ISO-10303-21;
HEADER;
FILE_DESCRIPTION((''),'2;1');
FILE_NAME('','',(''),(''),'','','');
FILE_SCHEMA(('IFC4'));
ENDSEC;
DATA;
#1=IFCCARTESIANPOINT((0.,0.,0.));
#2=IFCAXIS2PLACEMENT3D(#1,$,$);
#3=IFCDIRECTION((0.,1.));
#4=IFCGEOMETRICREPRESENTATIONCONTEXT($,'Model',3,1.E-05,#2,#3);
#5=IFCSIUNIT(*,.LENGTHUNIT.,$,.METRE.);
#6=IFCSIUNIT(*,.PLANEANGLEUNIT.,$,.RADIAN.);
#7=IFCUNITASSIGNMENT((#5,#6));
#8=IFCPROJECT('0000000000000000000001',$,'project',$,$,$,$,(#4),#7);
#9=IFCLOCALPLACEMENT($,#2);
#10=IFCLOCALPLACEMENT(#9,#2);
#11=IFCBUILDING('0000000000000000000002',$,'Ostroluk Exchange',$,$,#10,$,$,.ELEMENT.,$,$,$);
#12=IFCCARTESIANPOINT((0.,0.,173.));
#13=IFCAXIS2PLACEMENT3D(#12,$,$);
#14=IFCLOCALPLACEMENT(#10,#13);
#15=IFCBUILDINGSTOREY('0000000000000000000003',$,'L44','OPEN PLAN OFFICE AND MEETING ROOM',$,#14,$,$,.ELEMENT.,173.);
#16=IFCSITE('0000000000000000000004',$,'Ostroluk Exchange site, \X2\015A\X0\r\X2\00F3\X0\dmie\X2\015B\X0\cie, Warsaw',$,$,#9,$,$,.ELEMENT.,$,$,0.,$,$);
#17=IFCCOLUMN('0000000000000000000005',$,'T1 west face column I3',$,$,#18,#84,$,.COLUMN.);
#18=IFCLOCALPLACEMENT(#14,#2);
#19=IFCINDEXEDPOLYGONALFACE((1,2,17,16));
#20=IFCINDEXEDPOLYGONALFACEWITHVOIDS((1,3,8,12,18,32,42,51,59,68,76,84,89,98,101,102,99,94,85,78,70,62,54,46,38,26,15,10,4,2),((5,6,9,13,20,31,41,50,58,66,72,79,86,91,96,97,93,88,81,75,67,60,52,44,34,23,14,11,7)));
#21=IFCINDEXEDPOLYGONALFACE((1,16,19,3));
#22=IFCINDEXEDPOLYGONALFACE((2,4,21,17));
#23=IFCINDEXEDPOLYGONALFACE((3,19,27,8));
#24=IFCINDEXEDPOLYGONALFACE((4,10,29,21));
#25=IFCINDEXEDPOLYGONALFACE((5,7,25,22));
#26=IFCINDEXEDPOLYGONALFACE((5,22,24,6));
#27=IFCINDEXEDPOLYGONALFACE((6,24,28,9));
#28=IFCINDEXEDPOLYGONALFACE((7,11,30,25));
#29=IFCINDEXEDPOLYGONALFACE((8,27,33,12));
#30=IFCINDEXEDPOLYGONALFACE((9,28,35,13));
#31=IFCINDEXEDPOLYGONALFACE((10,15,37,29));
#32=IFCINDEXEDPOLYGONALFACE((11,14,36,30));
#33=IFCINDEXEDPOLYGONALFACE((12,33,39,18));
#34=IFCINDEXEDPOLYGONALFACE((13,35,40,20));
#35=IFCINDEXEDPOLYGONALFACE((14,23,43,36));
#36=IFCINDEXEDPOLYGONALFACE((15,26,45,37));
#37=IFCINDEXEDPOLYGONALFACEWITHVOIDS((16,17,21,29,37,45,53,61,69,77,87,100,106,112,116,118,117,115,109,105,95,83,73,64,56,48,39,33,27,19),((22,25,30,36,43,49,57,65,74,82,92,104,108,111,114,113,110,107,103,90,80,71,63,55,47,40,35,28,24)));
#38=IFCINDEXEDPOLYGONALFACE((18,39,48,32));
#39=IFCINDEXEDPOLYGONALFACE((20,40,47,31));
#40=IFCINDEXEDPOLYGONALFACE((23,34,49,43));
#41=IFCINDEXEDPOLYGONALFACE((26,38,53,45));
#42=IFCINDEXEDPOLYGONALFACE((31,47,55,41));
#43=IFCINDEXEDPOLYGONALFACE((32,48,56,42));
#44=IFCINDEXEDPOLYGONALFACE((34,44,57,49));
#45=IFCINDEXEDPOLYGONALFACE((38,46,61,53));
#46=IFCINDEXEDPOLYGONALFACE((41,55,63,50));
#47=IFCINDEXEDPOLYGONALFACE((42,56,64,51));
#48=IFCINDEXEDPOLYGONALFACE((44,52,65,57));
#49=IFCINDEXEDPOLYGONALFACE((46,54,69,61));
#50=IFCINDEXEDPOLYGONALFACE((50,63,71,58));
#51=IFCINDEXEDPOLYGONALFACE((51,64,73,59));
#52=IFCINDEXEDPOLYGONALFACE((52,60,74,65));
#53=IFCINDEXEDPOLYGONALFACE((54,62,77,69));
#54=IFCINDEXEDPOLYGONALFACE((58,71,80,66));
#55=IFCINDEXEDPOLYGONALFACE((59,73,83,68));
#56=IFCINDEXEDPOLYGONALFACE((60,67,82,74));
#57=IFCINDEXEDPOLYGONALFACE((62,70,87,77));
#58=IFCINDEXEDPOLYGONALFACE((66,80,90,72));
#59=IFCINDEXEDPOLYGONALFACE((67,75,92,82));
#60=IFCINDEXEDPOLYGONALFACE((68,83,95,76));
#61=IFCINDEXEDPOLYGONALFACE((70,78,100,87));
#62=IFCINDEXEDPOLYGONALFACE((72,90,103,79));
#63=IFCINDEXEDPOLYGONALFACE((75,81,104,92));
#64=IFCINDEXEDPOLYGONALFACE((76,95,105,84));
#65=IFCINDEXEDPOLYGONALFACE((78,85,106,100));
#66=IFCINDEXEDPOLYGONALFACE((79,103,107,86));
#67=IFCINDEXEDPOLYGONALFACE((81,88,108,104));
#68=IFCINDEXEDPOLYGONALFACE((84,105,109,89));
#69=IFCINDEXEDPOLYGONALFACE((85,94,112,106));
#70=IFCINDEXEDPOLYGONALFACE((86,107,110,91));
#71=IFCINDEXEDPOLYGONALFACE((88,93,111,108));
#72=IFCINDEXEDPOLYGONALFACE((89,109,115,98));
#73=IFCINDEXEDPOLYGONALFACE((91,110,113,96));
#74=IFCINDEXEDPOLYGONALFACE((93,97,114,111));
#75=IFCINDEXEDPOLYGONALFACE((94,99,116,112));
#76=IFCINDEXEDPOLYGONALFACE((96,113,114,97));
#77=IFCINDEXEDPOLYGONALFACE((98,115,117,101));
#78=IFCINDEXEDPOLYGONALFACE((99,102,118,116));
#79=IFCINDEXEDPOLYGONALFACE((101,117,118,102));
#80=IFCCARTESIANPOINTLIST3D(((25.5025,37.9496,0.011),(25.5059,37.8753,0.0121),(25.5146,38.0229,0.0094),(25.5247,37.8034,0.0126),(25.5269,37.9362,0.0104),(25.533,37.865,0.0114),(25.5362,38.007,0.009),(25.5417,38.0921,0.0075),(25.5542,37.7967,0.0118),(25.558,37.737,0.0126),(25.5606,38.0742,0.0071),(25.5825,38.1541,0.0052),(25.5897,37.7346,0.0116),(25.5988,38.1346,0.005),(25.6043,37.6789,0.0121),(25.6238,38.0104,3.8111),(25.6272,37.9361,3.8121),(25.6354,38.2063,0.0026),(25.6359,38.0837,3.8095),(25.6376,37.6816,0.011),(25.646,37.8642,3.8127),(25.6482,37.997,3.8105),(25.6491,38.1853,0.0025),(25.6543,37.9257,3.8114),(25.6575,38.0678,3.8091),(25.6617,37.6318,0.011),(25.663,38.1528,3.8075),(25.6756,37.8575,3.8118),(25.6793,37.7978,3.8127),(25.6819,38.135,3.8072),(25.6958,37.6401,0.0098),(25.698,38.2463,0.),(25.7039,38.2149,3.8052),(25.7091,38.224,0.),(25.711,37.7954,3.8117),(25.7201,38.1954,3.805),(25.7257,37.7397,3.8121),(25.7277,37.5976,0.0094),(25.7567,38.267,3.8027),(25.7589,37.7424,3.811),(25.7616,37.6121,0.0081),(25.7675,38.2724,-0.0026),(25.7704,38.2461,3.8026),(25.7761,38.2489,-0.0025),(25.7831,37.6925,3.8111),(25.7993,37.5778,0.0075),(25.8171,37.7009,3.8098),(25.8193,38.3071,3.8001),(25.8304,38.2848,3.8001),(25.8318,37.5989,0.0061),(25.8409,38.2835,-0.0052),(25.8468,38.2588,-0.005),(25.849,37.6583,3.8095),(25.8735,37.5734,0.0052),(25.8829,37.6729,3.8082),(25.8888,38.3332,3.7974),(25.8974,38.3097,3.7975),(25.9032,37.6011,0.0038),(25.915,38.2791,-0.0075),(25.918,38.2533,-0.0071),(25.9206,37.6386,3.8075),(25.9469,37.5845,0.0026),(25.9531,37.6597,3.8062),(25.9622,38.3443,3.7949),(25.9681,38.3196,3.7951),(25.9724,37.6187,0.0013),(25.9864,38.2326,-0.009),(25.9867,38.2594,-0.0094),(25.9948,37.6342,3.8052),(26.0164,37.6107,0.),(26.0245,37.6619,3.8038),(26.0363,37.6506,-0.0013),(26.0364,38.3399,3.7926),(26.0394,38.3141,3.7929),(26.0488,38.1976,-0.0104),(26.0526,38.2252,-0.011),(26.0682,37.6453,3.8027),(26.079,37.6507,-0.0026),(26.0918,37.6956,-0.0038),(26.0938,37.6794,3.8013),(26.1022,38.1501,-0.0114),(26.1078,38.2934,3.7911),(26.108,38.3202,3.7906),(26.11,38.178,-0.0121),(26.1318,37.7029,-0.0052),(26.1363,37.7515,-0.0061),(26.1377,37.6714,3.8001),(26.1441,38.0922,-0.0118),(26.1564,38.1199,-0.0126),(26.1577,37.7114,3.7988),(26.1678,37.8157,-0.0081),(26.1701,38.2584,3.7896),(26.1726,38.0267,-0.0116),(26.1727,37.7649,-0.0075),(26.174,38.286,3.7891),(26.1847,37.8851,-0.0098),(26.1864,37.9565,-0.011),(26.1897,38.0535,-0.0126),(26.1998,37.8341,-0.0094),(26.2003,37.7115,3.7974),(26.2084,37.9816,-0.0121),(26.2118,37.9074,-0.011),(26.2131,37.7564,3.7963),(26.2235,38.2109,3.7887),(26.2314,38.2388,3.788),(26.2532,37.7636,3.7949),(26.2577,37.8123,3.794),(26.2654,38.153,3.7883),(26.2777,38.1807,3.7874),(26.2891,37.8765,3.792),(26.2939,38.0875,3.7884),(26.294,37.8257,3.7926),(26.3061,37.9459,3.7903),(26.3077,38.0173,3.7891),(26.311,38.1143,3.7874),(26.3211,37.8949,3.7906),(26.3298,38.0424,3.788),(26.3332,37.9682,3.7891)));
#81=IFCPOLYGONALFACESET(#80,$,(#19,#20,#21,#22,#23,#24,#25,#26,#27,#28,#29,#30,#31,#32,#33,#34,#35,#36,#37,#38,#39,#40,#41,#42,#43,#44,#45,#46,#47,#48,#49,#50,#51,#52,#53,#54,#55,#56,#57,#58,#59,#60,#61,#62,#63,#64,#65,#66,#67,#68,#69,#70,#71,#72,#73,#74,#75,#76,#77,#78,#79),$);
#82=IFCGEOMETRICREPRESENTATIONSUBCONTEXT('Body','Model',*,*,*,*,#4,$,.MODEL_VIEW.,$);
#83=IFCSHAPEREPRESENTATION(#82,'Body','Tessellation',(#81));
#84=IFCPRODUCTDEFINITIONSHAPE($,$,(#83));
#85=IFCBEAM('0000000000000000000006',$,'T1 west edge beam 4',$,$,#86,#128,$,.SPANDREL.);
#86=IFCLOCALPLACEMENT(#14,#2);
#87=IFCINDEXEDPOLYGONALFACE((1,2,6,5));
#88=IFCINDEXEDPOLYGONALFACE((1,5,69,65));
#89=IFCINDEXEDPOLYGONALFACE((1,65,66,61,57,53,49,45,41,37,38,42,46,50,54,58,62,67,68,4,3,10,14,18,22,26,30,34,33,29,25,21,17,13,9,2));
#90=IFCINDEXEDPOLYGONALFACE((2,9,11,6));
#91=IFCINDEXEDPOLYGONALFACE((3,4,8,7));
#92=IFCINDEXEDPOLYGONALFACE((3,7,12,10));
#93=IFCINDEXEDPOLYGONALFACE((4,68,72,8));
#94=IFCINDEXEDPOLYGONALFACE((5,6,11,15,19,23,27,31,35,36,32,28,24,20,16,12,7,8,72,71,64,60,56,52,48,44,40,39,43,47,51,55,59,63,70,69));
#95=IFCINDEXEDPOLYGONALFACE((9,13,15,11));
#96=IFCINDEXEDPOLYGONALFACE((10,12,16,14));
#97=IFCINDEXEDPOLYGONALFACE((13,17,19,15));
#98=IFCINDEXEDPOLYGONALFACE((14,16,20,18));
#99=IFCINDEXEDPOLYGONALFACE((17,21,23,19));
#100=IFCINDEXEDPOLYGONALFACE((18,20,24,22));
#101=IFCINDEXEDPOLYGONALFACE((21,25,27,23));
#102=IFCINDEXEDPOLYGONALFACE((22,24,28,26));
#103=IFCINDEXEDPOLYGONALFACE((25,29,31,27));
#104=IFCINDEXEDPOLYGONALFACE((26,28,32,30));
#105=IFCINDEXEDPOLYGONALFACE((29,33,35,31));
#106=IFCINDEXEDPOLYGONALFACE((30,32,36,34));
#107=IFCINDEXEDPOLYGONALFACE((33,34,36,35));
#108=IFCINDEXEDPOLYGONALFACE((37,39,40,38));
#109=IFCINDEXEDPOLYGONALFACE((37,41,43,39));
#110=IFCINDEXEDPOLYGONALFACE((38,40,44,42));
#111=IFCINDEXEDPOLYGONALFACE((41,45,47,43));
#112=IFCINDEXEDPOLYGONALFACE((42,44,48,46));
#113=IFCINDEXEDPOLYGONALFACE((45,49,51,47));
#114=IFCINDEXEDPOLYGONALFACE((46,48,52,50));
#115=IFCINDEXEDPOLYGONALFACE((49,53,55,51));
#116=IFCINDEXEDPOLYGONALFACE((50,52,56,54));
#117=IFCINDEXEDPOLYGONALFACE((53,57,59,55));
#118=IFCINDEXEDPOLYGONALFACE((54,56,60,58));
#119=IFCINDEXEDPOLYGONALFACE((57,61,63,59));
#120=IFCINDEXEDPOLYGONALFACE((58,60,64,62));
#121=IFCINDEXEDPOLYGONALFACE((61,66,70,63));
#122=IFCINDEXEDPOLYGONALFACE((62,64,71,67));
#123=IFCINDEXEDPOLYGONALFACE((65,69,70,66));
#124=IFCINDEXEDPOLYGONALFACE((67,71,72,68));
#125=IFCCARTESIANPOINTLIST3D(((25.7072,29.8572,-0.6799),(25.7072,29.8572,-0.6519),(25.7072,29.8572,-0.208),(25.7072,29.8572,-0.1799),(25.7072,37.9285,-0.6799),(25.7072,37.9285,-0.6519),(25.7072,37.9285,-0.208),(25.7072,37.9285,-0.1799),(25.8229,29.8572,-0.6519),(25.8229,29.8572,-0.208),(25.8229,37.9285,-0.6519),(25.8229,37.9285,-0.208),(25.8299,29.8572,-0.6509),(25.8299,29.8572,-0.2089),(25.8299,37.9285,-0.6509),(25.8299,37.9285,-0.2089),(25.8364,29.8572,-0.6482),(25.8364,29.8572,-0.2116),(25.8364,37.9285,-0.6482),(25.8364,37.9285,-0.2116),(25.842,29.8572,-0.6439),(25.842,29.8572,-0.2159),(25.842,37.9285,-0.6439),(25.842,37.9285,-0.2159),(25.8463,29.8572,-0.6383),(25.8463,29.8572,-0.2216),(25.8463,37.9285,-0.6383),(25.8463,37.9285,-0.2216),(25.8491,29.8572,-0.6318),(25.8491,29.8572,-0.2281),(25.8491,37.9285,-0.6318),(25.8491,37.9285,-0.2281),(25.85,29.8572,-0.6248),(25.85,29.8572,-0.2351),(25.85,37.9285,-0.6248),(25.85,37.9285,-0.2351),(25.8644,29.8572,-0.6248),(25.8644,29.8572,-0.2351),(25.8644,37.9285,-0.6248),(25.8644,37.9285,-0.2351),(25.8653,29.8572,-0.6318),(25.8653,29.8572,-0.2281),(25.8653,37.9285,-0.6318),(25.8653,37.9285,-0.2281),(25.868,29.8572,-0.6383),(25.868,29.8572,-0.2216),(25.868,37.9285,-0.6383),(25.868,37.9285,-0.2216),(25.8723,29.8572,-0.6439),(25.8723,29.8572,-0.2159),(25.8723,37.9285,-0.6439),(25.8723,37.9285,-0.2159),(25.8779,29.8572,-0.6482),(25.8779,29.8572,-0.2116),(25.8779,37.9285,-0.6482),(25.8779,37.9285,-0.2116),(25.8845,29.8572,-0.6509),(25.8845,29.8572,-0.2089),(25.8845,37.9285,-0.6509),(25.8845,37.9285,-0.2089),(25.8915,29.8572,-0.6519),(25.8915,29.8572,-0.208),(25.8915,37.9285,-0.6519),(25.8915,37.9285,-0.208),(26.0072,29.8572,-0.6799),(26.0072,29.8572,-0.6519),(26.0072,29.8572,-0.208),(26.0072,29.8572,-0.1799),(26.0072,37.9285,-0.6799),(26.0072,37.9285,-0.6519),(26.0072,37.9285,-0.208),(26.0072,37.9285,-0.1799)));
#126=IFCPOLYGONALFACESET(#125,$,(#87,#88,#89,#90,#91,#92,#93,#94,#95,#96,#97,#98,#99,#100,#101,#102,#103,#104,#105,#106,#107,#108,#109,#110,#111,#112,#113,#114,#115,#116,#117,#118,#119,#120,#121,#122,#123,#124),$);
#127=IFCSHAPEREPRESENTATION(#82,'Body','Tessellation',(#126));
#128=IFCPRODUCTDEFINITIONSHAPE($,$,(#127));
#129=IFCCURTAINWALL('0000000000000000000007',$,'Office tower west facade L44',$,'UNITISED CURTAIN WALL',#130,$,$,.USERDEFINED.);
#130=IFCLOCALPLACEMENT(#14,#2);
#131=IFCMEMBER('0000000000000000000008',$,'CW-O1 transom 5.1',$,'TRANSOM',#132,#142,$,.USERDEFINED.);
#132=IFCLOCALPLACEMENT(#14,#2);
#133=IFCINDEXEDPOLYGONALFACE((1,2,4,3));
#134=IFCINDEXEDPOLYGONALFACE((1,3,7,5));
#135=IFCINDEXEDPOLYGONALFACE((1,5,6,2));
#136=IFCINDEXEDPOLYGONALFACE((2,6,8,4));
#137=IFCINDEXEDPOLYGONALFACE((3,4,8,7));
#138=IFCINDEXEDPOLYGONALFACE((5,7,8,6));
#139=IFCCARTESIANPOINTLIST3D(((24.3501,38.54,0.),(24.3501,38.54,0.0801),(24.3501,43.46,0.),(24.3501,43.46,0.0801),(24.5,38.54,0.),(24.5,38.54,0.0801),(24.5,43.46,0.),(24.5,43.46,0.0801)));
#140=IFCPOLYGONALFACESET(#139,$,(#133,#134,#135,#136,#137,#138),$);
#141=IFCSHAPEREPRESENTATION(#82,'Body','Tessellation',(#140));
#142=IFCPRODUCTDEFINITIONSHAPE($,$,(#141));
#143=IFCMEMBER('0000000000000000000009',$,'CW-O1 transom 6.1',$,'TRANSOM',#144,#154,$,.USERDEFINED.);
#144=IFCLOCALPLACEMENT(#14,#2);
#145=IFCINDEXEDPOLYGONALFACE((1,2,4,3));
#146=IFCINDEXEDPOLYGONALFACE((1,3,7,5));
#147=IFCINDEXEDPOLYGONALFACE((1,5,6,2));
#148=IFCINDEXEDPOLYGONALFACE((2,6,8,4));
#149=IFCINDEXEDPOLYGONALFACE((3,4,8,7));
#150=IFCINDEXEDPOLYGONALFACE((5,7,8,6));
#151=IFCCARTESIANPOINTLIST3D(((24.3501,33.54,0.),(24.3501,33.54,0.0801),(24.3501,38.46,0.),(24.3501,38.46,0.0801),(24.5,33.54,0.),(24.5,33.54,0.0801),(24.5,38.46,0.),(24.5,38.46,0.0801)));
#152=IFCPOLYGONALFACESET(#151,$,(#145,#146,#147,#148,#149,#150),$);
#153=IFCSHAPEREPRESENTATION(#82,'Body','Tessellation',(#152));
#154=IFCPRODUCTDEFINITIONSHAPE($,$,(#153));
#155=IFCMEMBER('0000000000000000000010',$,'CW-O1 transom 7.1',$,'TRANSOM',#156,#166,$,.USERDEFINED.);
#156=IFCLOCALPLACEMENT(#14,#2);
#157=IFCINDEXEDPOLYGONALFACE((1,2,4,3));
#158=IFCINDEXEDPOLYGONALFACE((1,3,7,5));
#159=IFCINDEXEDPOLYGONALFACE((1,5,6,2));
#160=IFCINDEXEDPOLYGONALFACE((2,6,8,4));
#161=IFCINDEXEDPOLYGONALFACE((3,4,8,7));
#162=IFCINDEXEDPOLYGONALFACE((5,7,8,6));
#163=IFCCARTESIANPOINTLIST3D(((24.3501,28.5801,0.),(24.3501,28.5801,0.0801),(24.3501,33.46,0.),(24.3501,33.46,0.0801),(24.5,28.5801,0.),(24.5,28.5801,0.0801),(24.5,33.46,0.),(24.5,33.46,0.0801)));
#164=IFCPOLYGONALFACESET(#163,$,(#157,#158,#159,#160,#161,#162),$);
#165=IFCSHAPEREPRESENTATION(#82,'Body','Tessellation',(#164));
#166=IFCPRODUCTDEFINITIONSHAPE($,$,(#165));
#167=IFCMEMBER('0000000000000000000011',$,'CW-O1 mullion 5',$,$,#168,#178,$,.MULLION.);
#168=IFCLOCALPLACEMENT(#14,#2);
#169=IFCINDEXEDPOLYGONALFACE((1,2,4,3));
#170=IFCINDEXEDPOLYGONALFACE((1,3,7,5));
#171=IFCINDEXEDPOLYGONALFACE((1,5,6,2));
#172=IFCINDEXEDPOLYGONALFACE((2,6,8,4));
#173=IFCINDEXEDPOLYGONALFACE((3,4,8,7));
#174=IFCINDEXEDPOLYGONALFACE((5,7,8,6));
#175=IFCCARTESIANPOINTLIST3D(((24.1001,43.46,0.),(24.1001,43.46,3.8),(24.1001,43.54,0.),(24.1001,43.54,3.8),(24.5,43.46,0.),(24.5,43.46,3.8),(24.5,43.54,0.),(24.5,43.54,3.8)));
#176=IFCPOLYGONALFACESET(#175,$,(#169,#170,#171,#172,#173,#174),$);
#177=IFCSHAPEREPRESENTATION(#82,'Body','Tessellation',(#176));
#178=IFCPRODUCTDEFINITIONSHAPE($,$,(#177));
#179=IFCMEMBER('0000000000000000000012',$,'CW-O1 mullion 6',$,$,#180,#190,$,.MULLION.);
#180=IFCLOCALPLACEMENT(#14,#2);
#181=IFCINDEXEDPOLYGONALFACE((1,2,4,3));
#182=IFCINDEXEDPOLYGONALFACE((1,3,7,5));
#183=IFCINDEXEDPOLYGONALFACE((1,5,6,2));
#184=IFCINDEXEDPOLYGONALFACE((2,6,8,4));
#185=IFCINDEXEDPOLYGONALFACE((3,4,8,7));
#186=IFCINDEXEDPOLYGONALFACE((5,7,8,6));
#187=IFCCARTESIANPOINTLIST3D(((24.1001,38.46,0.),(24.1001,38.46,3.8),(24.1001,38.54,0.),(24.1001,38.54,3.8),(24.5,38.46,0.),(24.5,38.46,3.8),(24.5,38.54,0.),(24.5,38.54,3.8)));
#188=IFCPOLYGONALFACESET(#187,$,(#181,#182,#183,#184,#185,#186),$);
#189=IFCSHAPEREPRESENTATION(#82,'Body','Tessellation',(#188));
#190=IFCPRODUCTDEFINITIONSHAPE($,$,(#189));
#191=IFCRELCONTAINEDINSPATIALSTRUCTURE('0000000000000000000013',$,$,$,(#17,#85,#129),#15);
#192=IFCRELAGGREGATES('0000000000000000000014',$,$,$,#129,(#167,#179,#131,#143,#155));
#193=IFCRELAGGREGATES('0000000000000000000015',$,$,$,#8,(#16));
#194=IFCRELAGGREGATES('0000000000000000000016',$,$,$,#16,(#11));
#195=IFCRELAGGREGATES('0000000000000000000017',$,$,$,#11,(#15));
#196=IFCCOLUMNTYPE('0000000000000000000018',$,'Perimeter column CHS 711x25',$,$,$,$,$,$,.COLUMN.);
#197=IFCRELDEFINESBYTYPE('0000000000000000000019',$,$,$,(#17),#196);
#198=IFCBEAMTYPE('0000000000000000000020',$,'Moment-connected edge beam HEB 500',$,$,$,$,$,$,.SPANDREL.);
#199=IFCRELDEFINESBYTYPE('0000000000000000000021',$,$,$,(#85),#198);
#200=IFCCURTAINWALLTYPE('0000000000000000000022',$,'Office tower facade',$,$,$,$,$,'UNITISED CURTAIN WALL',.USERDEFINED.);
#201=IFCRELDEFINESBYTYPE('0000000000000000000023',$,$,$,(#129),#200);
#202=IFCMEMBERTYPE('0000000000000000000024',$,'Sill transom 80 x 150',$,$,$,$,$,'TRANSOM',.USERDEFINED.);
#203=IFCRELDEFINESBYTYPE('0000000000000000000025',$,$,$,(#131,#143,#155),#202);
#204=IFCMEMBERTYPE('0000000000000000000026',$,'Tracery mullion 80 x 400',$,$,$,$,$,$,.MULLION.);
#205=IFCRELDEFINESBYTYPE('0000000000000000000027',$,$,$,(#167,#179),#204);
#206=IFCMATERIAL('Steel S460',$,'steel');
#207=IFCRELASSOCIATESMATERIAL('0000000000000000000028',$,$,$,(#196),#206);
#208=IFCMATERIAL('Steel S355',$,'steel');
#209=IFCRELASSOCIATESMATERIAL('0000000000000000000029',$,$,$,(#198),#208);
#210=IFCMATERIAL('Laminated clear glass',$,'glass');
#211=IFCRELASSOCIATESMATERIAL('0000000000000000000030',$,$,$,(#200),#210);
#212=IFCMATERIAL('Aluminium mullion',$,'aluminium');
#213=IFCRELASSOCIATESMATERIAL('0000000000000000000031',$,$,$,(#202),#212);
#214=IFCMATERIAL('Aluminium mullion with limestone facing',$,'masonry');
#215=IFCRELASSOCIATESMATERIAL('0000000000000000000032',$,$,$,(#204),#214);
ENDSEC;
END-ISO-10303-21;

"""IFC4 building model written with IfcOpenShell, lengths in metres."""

from ifc_helpers import new_model, si_unit, direction, frame, origin, origin_2d, place, context, subcontext, project, spatial, rectangle, hollow_circle, i_section, extrude, material, material_profile, profile_set, type_object, element, aggregate, save


model = new_model("IFC4")

# Units and contexts
model_context = context("Model", 3, precision=1e-05, world=origin(), true_north=direction((0.0, 1.0)))
body_context = subcontext(model_context, "Body", "Model", "MODEL_VIEW")
ifc_project = project(units=[si_unit("LENGTHUNIT", "METRE"), si_unit("PLANEANGLEUNIT", "RADIAN")], contexts=[model_context])

# Site, building, storey
site_placement = place(None, origin())
site = spatial("IfcSite", under=ifc_project, at=site_placement, Name="Ostroluk Exchange site, Śródmieście, Warsaw", CompositionType="ELEMENT", RefElevation=0.0)
building_placement = place(site_placement, origin())
building = spatial("IfcBuilding", under=site, at=building_placement, Name="Ostroluk Exchange", CompositionType="ELEMENT")
storey_placement = place(building_placement, frame((0.0, 0.0, 173.0)))
storey = spatial("IfcBuildingStorey", under=building, at=storey_placement, Name="L44", Description="OPEN PLAN OFFICE AND MEETING ROOM", CompositionType="ELEMENT", Elevation=173.0)

# Column
ifc_material_1 = material(Name="Steel S460", Category="steel")
ifc_material_profile_1 = material_profile(ifc_material_1, hollow_circle(Radius=0.3555, WallThickness=0.0249, at=origin_2d()), Name="CHS 711x25")
ifc_profile_set_1 = profile_set([ifc_material_profile_1], Name="Steel S460")
column_type = type_object("IfcColumnType", Name="Perimeter column CHS 711x25", PredefinedType="COLUMN", material=ifc_profile_set_1)
column_placement = place(storey_placement, frame((25.8572, 37.9285, 0.0), z_axis=(0.03191, 0.015987, 0.999363), x_axis=(-0.447933, 0.894067, 0.0)))
element("IfcColumn", 1, at=column_placement, inside=storey, type_object=column_type, Name="T1 west face column I3", PredefinedType="COLUMN", context=body_context, shape_type="SweptSolid", body=[
    extrude(hollow_circle(Radius=0.3555, WallThickness=0.0249, at=origin_2d()), origin(), (0.0, 0.0, 1.0), 3.8025),
])

# Beam
ifc_material_2 = material(Name="Steel S355", Category="steel")
ifc_material_profile_2 = material_profile(ifc_material_2, i_section(OverallWidth=0.3, OverallDepth=0.5, WebThickness=0.0144, FlangeThickness=0.0281, FilletRadius=0.0271, at=origin_2d()), Name="HEB 500")
ifc_profile_set_2 = profile_set([ifc_material_profile_2], Name="Steel S355")
beam_type = type_object("IfcBeamType", Name="Moment-connected edge beam HEB 500", PredefinedType="SPANDREL", material=ifc_profile_set_2)
beam_placement = place(storey_placement, frame((25.8572, 37.9285, -0.4299), z_axis=(0.0, -1.0, 0.0), x_axis=(1.0, 0.0, 0.0)))
element("IfcBeam", 2, at=beam_placement, inside=storey, type_object=beam_type, Name="T1 west edge beam 4", PredefinedType="SPANDREL", context=body_context, shape_type="SweptSolid", body=[
    extrude(i_section(OverallWidth=0.3, OverallDepth=0.5, WebThickness=0.0144, FlangeThickness=0.0281, FilletRadius=0.0271, at=origin_2d()), origin(), (0.0, 0.0, 1.0), 8.0713),
])

# Curtain wall, members
ifc_material_3 = material(Name="Laminated clear glass", Category="glass")
curtain_wall_type = type_object("IfcCurtainWallType", Name="Office tower facade", ElementType="UNITISED CURTAIN WALL", PredefinedType="USERDEFINED", material=ifc_material_3)
curtain_wall_placement = place(storey_placement, origin())
curtain_wall = element("IfcCurtainWall", 3, at=curtain_wall_placement, inside=storey, type_object=curtain_wall_type, Name="Office tower west facade L44", ObjectType="UNITISED CURTAIN WALL", PredefinedType="USERDEFINED")
ifc_material_4 = material(Name="Aluminium mullion", Category="aluminium")
ifc_material_profile_3 = material_profile(ifc_material_4, rectangle(XDim=0.1499, YDim=0.0801, at=origin_2d()), Name="Sill transom 80 x 150")
ifc_profile_set_3 = profile_set([ifc_material_profile_3], Name="Aluminium mullion")
member_type_1 = type_object("IfcMemberType", Name="Sill transom 80 x 150", ElementType="TRANSOM", PredefinedType="USERDEFINED", material=ifc_profile_set_3)
member_1_placement = place(storey_placement, frame((24.425, 43.46, 0.04), z_axis=(0.0, -1.0, 0.0), x_axis=(1.0, 0.0, 0.0)))
member_1 = element("IfcMember", 4, at=member_1_placement, type_object=member_type_1, Name="CW-O1 transom 5.1", ObjectType="TRANSOM", PredefinedType="USERDEFINED", context=body_context, shape_type="SweptSolid", body=[
    extrude(rectangle(XDim=0.1499, YDim=0.0801, at=origin_2d()), origin(), (0.0, 0.0, 1.0), 4.9199),
])
member_2_placement = place(storey_placement, frame((24.425, 38.46, 0.04), z_axis=(0.0, -1.0, 0.0), x_axis=(1.0, 0.0, 0.0)))
member_2 = element("IfcMember", 5, at=member_2_placement, type_object=member_type_1, Name="CW-O1 transom 6.1", ObjectType="TRANSOM", PredefinedType="USERDEFINED", context=body_context, shape_type="SweptSolid", body=[
    extrude(rectangle(XDim=0.1499, YDim=0.0801, at=origin_2d()), origin(), (0.0, 0.0, 1.0), 4.9199),
])
member_3_placement = place(storey_placement, frame((24.425, 33.46, 0.04), z_axis=(0.0, -1.0, 0.0), x_axis=(1.0, 0.0, 0.0)))
member_3 = element("IfcMember", 6, at=member_3_placement, type_object=member_type_1, Name="CW-O1 transom 7.1", ObjectType="TRANSOM", PredefinedType="USERDEFINED", context=body_context, shape_type="SweptSolid", body=[
    extrude(rectangle(XDim=0.1499, YDim=0.0801, at=origin_2d()), origin(), (0.0, 0.0, 1.0), 4.8799),
])
ifc_material_5 = material(Name="Aluminium mullion with limestone facing", Category="masonry")
ifc_material_profile_4 = material_profile(ifc_material_5, rectangle(XDim=0.3999, YDim=0.0801, at=origin_2d()), Name="Tracery mullion 80 x 400")
ifc_profile_set_4 = profile_set([ifc_material_profile_4], Name="Aluminium mullion with limestone facing")
member_type_2 = type_object("IfcMemberType", Name="Tracery mullion 80 x 400", PredefinedType="MULLION", material=ifc_profile_set_4)
member_4_placement = place(storey_placement, frame((24.3, 43.5, 0.0), z_axis=(0.0, 0.0, 1.0), x_axis=(1.0, 0.0, 0.0)))
member_4 = element("IfcMember", 7, at=member_4_placement, type_object=member_type_2, Name="CW-O1 mullion 5", PredefinedType="MULLION", context=body_context, shape_type="SweptSolid", body=[
    extrude(rectangle(XDim=0.3999, YDim=0.0801, at=origin_2d()), origin(), (0.0, 0.0, 1.0), 3.8),
])
member_5_placement = place(storey_placement, frame((24.3, 38.5, 0.0), z_axis=(0.0, 0.0, 1.0), x_axis=(1.0, 0.0, 0.0)))
member_5 = element("IfcMember", 8, at=member_5_placement, type_object=member_type_2, Name="CW-O1 mullion 6", PredefinedType="MULLION", context=body_context, shape_type="SweptSolid", body=[
    extrude(rectangle(XDim=0.3999, YDim=0.0801, at=origin_2d()), origin(), (0.0, 0.0, 1.0), 3.8),
])
aggregate(curtain_wall, [member_4, member_5, member_1, member_2, member_3])

save(model, "model.ifc")
